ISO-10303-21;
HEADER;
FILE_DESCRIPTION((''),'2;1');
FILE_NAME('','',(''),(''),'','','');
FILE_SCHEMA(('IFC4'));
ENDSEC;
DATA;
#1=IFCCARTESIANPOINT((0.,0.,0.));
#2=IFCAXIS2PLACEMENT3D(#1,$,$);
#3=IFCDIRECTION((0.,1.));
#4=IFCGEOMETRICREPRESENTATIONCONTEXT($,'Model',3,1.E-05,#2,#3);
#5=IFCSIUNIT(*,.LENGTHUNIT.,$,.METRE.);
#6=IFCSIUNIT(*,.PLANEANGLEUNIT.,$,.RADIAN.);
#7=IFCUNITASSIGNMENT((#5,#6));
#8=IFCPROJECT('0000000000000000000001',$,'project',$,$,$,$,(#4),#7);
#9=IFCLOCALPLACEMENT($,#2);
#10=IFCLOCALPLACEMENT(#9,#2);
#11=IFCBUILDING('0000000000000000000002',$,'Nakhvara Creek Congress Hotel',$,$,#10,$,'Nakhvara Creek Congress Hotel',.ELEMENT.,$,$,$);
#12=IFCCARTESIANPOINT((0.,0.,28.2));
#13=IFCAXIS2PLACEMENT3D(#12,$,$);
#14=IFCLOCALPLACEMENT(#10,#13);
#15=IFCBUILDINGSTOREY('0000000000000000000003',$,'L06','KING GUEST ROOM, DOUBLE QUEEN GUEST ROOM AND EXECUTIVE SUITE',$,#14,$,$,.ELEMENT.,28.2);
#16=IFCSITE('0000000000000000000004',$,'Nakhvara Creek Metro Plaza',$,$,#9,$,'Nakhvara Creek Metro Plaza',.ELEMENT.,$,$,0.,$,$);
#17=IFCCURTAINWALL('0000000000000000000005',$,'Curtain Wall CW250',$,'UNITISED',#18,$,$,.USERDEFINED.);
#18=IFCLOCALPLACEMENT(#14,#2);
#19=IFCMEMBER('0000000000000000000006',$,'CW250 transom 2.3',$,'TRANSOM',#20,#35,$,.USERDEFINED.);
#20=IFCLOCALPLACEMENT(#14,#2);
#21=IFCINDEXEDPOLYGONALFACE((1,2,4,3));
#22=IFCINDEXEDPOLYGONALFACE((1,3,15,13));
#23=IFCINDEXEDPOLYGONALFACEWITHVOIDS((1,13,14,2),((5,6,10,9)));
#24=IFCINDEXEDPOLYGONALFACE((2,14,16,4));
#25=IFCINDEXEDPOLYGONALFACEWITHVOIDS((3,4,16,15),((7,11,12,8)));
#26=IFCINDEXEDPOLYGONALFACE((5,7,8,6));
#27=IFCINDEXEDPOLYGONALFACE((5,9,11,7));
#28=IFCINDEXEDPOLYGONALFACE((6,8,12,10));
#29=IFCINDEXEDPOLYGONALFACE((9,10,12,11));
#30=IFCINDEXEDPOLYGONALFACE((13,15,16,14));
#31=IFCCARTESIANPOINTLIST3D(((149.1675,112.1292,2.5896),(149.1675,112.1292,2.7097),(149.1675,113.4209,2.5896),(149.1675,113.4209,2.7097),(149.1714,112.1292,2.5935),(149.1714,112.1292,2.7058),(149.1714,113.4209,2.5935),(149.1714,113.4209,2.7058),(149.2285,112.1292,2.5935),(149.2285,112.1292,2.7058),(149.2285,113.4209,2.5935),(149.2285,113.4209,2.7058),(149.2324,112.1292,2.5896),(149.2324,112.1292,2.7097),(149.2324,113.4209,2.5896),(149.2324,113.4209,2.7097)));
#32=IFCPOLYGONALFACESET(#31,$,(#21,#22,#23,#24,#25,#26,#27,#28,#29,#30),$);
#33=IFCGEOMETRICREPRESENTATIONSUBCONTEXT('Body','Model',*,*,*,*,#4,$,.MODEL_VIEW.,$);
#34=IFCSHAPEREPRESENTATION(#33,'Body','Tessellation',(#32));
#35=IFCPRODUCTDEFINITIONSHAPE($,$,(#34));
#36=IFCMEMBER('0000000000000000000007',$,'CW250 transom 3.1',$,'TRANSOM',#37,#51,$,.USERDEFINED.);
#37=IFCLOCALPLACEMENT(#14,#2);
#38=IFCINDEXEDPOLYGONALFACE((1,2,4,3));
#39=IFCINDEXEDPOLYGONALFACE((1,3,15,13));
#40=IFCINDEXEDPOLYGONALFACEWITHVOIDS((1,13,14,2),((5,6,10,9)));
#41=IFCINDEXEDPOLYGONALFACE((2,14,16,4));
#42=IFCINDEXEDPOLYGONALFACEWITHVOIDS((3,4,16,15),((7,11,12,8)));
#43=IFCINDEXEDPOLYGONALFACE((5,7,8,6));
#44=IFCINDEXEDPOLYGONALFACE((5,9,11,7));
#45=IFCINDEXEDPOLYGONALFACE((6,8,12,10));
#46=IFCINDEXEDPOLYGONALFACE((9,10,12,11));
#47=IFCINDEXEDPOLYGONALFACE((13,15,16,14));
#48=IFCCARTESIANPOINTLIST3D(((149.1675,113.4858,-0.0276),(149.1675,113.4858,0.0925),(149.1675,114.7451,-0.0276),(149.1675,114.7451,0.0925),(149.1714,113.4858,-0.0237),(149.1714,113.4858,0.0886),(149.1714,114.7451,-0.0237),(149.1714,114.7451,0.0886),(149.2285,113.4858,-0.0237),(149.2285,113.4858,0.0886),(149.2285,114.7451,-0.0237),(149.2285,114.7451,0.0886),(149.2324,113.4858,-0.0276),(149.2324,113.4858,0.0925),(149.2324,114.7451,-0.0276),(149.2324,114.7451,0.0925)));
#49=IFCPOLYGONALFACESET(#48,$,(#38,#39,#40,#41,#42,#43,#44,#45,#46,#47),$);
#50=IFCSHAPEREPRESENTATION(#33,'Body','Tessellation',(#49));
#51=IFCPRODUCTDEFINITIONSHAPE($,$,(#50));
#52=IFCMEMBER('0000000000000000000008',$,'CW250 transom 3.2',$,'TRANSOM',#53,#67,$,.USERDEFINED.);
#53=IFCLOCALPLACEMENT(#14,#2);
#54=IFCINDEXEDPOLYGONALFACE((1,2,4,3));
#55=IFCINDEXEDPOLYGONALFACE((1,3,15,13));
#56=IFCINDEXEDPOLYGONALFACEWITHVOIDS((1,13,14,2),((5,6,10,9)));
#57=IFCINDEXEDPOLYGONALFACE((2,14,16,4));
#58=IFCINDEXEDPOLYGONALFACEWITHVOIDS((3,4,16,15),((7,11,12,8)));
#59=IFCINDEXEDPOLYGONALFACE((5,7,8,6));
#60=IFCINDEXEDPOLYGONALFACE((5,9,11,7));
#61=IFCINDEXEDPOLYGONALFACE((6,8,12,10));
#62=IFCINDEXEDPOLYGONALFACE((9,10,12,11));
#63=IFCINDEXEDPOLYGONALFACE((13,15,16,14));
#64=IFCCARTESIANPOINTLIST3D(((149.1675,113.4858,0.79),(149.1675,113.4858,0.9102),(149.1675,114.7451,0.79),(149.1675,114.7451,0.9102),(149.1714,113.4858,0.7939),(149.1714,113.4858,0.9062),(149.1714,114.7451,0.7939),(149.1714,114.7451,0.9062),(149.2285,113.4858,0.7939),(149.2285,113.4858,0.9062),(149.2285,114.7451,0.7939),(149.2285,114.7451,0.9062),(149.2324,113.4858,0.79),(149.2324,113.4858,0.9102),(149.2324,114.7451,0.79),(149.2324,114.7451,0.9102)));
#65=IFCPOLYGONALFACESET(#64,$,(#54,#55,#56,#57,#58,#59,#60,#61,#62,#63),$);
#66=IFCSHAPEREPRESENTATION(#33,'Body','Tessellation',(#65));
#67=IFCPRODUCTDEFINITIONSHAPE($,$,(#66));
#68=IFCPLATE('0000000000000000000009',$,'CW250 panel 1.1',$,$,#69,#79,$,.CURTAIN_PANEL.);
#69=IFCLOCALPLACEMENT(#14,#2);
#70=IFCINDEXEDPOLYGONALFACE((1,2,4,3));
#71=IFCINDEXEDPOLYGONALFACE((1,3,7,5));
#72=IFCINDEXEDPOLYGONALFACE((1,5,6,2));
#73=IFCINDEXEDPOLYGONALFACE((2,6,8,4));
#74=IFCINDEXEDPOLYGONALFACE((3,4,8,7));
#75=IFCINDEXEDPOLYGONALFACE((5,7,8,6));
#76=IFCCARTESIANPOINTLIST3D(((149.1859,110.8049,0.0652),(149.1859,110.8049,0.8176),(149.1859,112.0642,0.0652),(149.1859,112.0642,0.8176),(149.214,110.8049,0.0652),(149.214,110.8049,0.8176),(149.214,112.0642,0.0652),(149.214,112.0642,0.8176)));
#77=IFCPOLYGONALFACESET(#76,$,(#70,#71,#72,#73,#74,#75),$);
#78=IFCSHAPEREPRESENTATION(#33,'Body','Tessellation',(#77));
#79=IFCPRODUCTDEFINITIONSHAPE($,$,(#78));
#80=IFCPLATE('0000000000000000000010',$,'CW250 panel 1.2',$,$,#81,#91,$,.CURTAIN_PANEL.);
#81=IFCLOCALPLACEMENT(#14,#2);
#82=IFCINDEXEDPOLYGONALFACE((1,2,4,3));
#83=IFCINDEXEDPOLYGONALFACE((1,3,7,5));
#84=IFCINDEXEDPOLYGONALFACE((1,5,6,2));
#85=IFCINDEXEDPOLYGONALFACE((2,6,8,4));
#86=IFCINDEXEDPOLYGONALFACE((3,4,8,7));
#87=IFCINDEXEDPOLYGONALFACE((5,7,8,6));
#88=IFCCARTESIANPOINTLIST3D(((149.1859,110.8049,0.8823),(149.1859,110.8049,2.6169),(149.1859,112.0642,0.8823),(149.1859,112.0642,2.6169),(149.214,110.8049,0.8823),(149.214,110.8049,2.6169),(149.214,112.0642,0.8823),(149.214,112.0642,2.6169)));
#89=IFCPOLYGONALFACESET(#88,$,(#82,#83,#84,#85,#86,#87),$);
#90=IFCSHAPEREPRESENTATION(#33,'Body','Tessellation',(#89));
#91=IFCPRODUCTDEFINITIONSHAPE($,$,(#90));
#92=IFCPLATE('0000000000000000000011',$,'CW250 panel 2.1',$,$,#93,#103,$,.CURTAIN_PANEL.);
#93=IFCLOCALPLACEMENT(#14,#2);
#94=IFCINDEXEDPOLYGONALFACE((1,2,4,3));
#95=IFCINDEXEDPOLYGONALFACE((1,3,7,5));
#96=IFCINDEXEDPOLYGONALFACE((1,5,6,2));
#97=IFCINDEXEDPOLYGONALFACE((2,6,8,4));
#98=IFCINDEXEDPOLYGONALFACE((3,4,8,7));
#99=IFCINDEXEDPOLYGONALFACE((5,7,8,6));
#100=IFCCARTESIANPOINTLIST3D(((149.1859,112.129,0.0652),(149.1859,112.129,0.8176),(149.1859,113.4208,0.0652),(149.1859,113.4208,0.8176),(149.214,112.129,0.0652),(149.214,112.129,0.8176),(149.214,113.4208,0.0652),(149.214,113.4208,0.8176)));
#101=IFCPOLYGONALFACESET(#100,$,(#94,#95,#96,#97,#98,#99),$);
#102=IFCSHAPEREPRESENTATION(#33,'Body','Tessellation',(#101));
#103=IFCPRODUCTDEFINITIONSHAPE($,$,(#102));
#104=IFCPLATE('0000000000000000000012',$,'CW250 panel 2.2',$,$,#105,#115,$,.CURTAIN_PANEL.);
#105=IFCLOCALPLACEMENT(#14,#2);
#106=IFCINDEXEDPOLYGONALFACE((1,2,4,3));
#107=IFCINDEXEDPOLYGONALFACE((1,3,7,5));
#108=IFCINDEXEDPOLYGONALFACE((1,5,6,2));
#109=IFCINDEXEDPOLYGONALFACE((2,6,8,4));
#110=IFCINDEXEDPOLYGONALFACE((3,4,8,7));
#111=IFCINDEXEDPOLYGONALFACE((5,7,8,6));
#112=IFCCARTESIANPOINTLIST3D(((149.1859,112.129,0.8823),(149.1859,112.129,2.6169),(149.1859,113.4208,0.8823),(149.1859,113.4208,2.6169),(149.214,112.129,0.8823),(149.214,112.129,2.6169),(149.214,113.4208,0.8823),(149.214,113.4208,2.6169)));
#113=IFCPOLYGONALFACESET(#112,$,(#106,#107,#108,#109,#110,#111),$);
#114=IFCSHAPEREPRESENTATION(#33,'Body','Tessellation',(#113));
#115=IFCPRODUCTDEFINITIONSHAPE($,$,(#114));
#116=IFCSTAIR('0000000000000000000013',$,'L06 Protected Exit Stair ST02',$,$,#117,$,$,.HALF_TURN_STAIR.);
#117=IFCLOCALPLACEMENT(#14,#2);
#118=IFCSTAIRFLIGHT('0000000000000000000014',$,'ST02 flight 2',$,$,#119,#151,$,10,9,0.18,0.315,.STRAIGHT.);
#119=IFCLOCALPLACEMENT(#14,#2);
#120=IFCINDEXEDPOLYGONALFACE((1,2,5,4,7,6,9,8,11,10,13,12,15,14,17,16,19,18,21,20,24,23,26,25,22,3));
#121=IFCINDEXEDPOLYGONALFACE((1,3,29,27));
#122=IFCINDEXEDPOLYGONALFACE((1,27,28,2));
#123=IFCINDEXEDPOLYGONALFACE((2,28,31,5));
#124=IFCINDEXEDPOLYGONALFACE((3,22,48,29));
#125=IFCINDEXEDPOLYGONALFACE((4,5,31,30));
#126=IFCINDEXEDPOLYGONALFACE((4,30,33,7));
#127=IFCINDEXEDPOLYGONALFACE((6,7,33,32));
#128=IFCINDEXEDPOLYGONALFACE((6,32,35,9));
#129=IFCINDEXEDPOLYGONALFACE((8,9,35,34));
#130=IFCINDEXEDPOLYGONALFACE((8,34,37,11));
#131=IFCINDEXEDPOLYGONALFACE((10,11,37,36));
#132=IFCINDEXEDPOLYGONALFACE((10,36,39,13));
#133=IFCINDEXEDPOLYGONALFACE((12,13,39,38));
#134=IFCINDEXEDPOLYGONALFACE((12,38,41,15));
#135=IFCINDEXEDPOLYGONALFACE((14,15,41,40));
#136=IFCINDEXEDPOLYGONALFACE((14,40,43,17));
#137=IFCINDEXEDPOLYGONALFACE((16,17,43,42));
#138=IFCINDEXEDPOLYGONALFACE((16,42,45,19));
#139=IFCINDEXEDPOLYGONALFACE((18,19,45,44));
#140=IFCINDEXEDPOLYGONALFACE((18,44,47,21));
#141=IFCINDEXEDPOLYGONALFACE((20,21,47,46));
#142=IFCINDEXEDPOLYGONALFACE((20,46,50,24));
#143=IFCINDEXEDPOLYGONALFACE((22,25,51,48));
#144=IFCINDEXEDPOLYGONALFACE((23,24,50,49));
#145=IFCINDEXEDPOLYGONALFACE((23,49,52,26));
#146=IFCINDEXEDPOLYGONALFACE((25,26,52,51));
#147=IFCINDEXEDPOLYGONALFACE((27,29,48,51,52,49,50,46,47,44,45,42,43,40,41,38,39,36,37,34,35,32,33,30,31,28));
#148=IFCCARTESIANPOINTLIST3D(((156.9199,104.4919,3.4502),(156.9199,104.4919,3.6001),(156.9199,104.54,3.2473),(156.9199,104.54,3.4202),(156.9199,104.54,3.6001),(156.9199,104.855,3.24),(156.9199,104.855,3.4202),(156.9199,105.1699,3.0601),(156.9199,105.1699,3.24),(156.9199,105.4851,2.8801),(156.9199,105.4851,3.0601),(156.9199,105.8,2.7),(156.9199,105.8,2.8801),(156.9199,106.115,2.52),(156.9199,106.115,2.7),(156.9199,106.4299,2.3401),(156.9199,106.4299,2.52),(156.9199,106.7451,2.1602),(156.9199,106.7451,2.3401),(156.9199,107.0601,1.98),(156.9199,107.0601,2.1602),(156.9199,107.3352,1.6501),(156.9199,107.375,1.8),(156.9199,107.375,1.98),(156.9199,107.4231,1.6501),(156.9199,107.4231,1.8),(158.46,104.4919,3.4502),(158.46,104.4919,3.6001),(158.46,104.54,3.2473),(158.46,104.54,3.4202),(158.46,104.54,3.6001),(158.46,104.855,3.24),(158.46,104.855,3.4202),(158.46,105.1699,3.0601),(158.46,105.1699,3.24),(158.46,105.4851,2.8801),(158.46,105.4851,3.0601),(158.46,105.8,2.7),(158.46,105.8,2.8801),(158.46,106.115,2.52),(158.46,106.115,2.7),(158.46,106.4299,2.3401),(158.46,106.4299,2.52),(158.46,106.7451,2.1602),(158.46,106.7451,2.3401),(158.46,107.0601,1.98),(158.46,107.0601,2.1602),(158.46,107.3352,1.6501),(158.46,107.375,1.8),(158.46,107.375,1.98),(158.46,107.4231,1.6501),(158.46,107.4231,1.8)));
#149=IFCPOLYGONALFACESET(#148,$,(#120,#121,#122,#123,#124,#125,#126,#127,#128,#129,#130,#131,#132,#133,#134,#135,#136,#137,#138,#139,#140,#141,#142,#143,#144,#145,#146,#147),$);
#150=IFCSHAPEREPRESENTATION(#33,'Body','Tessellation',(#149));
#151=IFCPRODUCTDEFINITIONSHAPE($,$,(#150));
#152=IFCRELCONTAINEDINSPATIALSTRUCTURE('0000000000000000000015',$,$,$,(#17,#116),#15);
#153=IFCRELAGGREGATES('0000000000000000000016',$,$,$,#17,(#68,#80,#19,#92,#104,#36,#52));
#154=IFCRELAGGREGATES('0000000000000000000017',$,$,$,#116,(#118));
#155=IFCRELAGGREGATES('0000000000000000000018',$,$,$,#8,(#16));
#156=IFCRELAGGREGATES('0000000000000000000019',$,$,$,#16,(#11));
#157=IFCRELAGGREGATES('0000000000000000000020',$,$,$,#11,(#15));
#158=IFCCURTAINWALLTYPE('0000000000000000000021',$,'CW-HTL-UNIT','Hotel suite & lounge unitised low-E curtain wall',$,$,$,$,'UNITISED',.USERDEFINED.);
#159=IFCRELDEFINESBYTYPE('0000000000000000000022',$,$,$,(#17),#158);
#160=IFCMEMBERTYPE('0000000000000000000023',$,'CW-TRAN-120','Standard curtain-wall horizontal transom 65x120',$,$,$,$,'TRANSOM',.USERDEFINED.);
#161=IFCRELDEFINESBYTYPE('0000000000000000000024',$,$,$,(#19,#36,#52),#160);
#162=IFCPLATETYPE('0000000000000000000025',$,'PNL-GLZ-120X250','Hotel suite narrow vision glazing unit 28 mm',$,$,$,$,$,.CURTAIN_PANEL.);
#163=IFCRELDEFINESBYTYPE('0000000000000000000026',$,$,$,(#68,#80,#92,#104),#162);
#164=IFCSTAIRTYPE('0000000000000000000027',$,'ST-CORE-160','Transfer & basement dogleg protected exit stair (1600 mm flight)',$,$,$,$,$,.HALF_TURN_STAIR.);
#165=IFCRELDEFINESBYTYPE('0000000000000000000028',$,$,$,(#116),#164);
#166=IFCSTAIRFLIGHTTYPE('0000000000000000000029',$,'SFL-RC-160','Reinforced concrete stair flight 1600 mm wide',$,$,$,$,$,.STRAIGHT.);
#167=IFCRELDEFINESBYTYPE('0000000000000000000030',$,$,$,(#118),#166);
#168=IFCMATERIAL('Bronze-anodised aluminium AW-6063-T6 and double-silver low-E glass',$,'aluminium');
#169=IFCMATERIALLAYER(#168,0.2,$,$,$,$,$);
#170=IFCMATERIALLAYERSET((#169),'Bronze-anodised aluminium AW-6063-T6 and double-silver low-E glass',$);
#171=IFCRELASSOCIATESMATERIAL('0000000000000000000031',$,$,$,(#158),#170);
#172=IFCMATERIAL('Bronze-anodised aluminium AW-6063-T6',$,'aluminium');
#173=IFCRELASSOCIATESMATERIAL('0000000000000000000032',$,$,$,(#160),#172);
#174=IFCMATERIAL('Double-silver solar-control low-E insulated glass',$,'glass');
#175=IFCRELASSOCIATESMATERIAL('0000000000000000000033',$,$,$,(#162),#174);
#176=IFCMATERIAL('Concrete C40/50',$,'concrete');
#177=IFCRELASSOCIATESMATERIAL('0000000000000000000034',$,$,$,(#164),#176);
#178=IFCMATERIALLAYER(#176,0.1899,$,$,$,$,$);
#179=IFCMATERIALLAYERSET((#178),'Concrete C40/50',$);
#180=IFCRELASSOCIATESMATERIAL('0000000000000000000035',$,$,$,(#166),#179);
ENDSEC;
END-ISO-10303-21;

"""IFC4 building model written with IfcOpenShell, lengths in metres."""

from ifc_helpers import new_model, si_unit, direction, frame, origin, origin_2d, place, context, subcontext, project, spatial, polyline, rectangle, hollow_rectangle, outline, extrude, material, layer, layer_set, material_profile, profile_set, type_object, element, aggregate, save


model = new_model("IFC4")

# Units and contexts
model_context = context("Model", 3, precision=1e-05, world=origin(), true_north=direction((0.0, 1.0)))
body_context = subcontext(model_context, "Body", "Model", "MODEL_VIEW")
ifc_project = project(units=[si_unit("LENGTHUNIT", "METRE"), si_unit("PLANEANGLEUNIT", "RADIAN")], contexts=[model_context])

# Site, building, storey
site_placement = place(None, origin())
site = spatial("IfcSite", under=ifc_project, at=site_placement, Name="Nakhvara Creek Metro Plaza", LongName="Nakhvara Creek Metro Plaza", CompositionType="ELEMENT", RefElevation=0.0)
building_placement = place(site_placement, origin())
building = spatial("IfcBuilding", under=site, at=building_placement, Name="Nakhvara Creek Congress Hotel", LongName="Nakhvara Creek Congress Hotel", CompositionType="ELEMENT")
storey_placement = place(building_placement, frame((0.0, 0.0, 28.2)))
storey = spatial("IfcBuildingStorey", under=building, at=storey_placement, Name="L06", Description="KING GUEST ROOM, DOUBLE QUEEN GUEST ROOM AND EXECUTIVE SUITE", CompositionType="ELEMENT", Elevation=28.2)

# Shared definitions
ifc_material_1 = material(Name="Concrete C40/50", Category="concrete")

# Curtain wall, members, plates
ifc_material_2 = material(Name="Bronze-anodised aluminium AW-6063-T6 and double-silver low-E glass", Category="aluminium")
ifc_layer_1 = layer(ifc_material_2, 0.2)
ifc_layer_set_1 = layer_set([ifc_layer_1], Name="Bronze-anodised aluminium AW-6063-T6 and double-silver low-E glass")
curtain_wall_type = type_object("IfcCurtainWallType", Name="CW-HTL-UNIT", Description="Hotel suite & lounge unitised low-E curtain wall", ElementType="UNITISED", PredefinedType="USERDEFINED", material=ifc_layer_set_1)
curtain_wall_placement = place(storey_placement, origin())
curtain_wall = element("IfcCurtainWall", 1, at=curtain_wall_placement, inside=storey, type_object=curtain_wall_type, Name="Curtain Wall CW250", ObjectType="UNITISED", PredefinedType="USERDEFINED")
ifc_material_3 = material(Name="Bronze-anodised aluminium AW-6063-T6", Category="aluminium")
ifc_material_profile_1 = material_profile(ifc_material_3, hollow_rectangle(XDim=0.0649, YDim=0.1201, WallThickness=0.0039, at=origin_2d()), Name="ALU-TRAN 65x120x4", Category="LoadBearing")
ifc_profile_set_1 = profile_set([ifc_material_profile_1], Name="Bronze-anodised aluminium AW-6063-T6")
member_type_1 = type_object("IfcMemberType", Name="CW-TRAN-120", Description="Standard curtain-wall horizontal transom 65x120", ElementType="TRANSOM", PredefinedType="USERDEFINED", material=ifc_profile_set_1)
member_1_placement = place(storey_placement, frame((149.2, 112.1292, 2.6497), z_axis=(0.0, 1.0, 0.0), x_axis=(-1.0, 0.0, 0.0)))
member_1 = element("IfcMember", 2, at=member_1_placement, type_object=member_type_1, Name="CW250 transom 2.3", ObjectType="TRANSOM", PredefinedType="USERDEFINED", context=body_context, shape_type="SweptSolid", body=[
    extrude(hollow_rectangle(XDim=0.0649, YDim=0.1201, WallThickness=0.0039, at=origin_2d()), origin(), (0.0, 0.0, 1.0), 1.2917),
])
member_2_placement = place(storey_placement, frame((149.2, 113.4858, 0.0325), z_axis=(0.0, 1.0, 0.0), x_axis=(-1.0, 0.0, 0.0)))
member_2 = element("IfcMember", 3, at=member_2_placement, type_object=member_type_1, Name="CW250 transom 3.1", ObjectType="TRANSOM", PredefinedType="USERDEFINED", context=body_context, shape_type="SweptSolid", body=[
    extrude(hollow_rectangle(XDim=0.0649, YDim=0.1201, WallThickness=0.0039, at=origin_2d()), origin(), (0.0, 0.0, 1.0), 1.2593),
])
member_3_placement = place(storey_placement, frame((149.2, 113.4858, 0.8501), z_axis=(0.0, 1.0, 0.0), x_axis=(-1.0, 0.0, 0.0)))
member_3 = element("IfcMember", 4, at=member_3_placement, type_object=member_type_1, Name="CW250 transom 3.2", ObjectType="TRANSOM", PredefinedType="USERDEFINED", context=body_context, shape_type="SweptSolid", body=[
    extrude(hollow_rectangle(XDim=0.0649, YDim=0.1201, WallThickness=0.0039, at=origin_2d()), origin(), (0.0, 0.0, 1.0), 1.2593),
])
ifc_material_4 = material(Name="Double-silver solar-control low-E insulated glass", Category="glass")
plate_type = type_object("IfcPlateType", Name="PNL-GLZ-120X250", Description="Hotel suite narrow vision glazing unit 28 mm", PredefinedType="CURTAIN_PANEL", material=ifc_material_4)
plate_1_placement = place(storey_placement, frame((149.2, 111.4346, 0.0652), z_axis=(0.0, 0.0, 1.0), x_axis=(0.0, 1.0, 0.0)))
plate_1 = element("IfcPlate", 5, at=plate_1_placement, type_object=plate_type, Name="CW250 panel 1.1", PredefinedType="CURTAIN_PANEL", context=body_context, shape_type="SweptSolid", body=[
    extrude(rectangle(XDim=1.2593, YDim=0.0281, at=origin_2d()), origin(), (0.0, 0.0, 1.0), 0.7524),
])
plate_2_placement = place(storey_placement, frame((149.2, 111.4346, 0.8823), z_axis=(0.0, 0.0, 1.0), x_axis=(0.0, 1.0, 0.0)))
plate_2 = element("IfcPlate", 6, at=plate_2_placement, type_object=plate_type, Name="CW250 panel 1.2", PredefinedType="CURTAIN_PANEL", context=body_context, shape_type="SweptSolid", body=[
    extrude(rectangle(XDim=1.2593, YDim=0.0281, at=origin_2d()), origin(), (0.0, 0.0, 1.0), 1.7346),
])
plate_3_placement = place(storey_placement, frame((149.2, 112.7749, 0.0652), z_axis=(0.0, 0.0, 1.0), x_axis=(0.0, 1.0, 0.0)))
plate_3 = element("IfcPlate", 7, at=plate_3_placement, type_object=plate_type, Name="CW250 panel 2.1", PredefinedType="CURTAIN_PANEL", context=body_context, shape_type="SweptSolid", body=[
    extrude(rectangle(XDim=1.2917, YDim=0.0281, at=origin_2d()), origin(), (0.0, 0.0, 1.0), 0.7524),
])
plate_4_placement = place(storey_placement, frame((149.2, 112.7749, 0.8823), z_axis=(0.0, 0.0, 1.0), x_axis=(0.0, 1.0, 0.0)))
plate_4 = element("IfcPlate", 8, at=plate_4_placement, type_object=plate_type, Name="CW250 panel 2.2", PredefinedType="CURTAIN_PANEL", context=body_context, shape_type="SweptSolid", body=[
    extrude(rectangle(XDim=1.2917, YDim=0.0281, at=origin_2d()), origin(), (0.0, 0.0, 1.0), 1.7346),
])
aggregate(curtain_wall, [plate_1, plate_2, member_1, plate_3, plate_4, member_2, member_3])

# Stair, stair flight
stair_type = type_object("IfcStairType", Name="ST-CORE-160", Description="Transfer & basement dogleg protected exit stair (1600 mm flight)", PredefinedType="HALF_TURN_STAIR", material=ifc_material_1)
stair_placement = place(storey_placement, origin())
stair = element("IfcStair", 9, at=stair_placement, inside=storey, type_object=stair_type, Name="L06 Protected Exit Stair ST02", PredefinedType="HALF_TURN_STAIR")
ifc_layer_2 = layer(ifc_material_1, 0.1899)
ifc_layer_set_2 = layer_set([ifc_layer_2], Name="Concrete C40/50")
stair_flight_type = type_object("IfcStairFlightType", Name="SFL-RC-160", Description="Reinforced concrete stair flight 1600 mm wide", PredefinedType="STRAIGHT", material=ifc_layer_set_2)
stair_flight_placement = place(storey_placement, frame((157.6899, 107.375, 1.8), z_axis=(0.0, 0.0, 1.0), x_axis=(0.0, -1.0, 0.0)))
stair_flight = element("IfcStairFlight", 10, at=stair_flight_placement, type_object=stair_flight_type, Name="ST02 flight 2", NumberOfRisers=10, NumberOfTreads=9, PredefinedType="STRAIGHT", RiserHeight=0.18, TreadLength=0.315, context=body_context, shape_type="SweptSolid", body=[
    extrude(outline(polyline([(-0.0481, 0.0), (0.0, 0.0), (0.0, 0.1799), (0.3149, 0.1799), (0.3149, 0.3601), (0.6299, 0.3601), (0.6299, 0.54), (0.9451, 0.54), (0.9451, 0.72), (1.26, 0.72), (1.26, 0.8999), (1.575, 0.8999), (1.575, 1.0801), (1.8899, 1.0801), (1.8899, 1.26), (2.2051, 1.26), (2.2051, 1.4399), (2.52, 1.4399), (2.52, 1.6201), (2.835, 1.6201), (2.835, 1.8), (2.8831, 1.8), (2.8831, 1.6501), (2.835, 1.4473), (0.0398, -0.1499), (-0.0481, -0.1499), (-0.0481, 0.0)])), frame((0.0, 0.77, 0.0), z_axis=(0.0, -1.0, 0.0), x_axis=(1.0, 0.0, 0.0)), (0.0, 0.0, 1.0), 1.54),
])
aggregate(stair, [stair_flight])

save(model, "model.ifc")
